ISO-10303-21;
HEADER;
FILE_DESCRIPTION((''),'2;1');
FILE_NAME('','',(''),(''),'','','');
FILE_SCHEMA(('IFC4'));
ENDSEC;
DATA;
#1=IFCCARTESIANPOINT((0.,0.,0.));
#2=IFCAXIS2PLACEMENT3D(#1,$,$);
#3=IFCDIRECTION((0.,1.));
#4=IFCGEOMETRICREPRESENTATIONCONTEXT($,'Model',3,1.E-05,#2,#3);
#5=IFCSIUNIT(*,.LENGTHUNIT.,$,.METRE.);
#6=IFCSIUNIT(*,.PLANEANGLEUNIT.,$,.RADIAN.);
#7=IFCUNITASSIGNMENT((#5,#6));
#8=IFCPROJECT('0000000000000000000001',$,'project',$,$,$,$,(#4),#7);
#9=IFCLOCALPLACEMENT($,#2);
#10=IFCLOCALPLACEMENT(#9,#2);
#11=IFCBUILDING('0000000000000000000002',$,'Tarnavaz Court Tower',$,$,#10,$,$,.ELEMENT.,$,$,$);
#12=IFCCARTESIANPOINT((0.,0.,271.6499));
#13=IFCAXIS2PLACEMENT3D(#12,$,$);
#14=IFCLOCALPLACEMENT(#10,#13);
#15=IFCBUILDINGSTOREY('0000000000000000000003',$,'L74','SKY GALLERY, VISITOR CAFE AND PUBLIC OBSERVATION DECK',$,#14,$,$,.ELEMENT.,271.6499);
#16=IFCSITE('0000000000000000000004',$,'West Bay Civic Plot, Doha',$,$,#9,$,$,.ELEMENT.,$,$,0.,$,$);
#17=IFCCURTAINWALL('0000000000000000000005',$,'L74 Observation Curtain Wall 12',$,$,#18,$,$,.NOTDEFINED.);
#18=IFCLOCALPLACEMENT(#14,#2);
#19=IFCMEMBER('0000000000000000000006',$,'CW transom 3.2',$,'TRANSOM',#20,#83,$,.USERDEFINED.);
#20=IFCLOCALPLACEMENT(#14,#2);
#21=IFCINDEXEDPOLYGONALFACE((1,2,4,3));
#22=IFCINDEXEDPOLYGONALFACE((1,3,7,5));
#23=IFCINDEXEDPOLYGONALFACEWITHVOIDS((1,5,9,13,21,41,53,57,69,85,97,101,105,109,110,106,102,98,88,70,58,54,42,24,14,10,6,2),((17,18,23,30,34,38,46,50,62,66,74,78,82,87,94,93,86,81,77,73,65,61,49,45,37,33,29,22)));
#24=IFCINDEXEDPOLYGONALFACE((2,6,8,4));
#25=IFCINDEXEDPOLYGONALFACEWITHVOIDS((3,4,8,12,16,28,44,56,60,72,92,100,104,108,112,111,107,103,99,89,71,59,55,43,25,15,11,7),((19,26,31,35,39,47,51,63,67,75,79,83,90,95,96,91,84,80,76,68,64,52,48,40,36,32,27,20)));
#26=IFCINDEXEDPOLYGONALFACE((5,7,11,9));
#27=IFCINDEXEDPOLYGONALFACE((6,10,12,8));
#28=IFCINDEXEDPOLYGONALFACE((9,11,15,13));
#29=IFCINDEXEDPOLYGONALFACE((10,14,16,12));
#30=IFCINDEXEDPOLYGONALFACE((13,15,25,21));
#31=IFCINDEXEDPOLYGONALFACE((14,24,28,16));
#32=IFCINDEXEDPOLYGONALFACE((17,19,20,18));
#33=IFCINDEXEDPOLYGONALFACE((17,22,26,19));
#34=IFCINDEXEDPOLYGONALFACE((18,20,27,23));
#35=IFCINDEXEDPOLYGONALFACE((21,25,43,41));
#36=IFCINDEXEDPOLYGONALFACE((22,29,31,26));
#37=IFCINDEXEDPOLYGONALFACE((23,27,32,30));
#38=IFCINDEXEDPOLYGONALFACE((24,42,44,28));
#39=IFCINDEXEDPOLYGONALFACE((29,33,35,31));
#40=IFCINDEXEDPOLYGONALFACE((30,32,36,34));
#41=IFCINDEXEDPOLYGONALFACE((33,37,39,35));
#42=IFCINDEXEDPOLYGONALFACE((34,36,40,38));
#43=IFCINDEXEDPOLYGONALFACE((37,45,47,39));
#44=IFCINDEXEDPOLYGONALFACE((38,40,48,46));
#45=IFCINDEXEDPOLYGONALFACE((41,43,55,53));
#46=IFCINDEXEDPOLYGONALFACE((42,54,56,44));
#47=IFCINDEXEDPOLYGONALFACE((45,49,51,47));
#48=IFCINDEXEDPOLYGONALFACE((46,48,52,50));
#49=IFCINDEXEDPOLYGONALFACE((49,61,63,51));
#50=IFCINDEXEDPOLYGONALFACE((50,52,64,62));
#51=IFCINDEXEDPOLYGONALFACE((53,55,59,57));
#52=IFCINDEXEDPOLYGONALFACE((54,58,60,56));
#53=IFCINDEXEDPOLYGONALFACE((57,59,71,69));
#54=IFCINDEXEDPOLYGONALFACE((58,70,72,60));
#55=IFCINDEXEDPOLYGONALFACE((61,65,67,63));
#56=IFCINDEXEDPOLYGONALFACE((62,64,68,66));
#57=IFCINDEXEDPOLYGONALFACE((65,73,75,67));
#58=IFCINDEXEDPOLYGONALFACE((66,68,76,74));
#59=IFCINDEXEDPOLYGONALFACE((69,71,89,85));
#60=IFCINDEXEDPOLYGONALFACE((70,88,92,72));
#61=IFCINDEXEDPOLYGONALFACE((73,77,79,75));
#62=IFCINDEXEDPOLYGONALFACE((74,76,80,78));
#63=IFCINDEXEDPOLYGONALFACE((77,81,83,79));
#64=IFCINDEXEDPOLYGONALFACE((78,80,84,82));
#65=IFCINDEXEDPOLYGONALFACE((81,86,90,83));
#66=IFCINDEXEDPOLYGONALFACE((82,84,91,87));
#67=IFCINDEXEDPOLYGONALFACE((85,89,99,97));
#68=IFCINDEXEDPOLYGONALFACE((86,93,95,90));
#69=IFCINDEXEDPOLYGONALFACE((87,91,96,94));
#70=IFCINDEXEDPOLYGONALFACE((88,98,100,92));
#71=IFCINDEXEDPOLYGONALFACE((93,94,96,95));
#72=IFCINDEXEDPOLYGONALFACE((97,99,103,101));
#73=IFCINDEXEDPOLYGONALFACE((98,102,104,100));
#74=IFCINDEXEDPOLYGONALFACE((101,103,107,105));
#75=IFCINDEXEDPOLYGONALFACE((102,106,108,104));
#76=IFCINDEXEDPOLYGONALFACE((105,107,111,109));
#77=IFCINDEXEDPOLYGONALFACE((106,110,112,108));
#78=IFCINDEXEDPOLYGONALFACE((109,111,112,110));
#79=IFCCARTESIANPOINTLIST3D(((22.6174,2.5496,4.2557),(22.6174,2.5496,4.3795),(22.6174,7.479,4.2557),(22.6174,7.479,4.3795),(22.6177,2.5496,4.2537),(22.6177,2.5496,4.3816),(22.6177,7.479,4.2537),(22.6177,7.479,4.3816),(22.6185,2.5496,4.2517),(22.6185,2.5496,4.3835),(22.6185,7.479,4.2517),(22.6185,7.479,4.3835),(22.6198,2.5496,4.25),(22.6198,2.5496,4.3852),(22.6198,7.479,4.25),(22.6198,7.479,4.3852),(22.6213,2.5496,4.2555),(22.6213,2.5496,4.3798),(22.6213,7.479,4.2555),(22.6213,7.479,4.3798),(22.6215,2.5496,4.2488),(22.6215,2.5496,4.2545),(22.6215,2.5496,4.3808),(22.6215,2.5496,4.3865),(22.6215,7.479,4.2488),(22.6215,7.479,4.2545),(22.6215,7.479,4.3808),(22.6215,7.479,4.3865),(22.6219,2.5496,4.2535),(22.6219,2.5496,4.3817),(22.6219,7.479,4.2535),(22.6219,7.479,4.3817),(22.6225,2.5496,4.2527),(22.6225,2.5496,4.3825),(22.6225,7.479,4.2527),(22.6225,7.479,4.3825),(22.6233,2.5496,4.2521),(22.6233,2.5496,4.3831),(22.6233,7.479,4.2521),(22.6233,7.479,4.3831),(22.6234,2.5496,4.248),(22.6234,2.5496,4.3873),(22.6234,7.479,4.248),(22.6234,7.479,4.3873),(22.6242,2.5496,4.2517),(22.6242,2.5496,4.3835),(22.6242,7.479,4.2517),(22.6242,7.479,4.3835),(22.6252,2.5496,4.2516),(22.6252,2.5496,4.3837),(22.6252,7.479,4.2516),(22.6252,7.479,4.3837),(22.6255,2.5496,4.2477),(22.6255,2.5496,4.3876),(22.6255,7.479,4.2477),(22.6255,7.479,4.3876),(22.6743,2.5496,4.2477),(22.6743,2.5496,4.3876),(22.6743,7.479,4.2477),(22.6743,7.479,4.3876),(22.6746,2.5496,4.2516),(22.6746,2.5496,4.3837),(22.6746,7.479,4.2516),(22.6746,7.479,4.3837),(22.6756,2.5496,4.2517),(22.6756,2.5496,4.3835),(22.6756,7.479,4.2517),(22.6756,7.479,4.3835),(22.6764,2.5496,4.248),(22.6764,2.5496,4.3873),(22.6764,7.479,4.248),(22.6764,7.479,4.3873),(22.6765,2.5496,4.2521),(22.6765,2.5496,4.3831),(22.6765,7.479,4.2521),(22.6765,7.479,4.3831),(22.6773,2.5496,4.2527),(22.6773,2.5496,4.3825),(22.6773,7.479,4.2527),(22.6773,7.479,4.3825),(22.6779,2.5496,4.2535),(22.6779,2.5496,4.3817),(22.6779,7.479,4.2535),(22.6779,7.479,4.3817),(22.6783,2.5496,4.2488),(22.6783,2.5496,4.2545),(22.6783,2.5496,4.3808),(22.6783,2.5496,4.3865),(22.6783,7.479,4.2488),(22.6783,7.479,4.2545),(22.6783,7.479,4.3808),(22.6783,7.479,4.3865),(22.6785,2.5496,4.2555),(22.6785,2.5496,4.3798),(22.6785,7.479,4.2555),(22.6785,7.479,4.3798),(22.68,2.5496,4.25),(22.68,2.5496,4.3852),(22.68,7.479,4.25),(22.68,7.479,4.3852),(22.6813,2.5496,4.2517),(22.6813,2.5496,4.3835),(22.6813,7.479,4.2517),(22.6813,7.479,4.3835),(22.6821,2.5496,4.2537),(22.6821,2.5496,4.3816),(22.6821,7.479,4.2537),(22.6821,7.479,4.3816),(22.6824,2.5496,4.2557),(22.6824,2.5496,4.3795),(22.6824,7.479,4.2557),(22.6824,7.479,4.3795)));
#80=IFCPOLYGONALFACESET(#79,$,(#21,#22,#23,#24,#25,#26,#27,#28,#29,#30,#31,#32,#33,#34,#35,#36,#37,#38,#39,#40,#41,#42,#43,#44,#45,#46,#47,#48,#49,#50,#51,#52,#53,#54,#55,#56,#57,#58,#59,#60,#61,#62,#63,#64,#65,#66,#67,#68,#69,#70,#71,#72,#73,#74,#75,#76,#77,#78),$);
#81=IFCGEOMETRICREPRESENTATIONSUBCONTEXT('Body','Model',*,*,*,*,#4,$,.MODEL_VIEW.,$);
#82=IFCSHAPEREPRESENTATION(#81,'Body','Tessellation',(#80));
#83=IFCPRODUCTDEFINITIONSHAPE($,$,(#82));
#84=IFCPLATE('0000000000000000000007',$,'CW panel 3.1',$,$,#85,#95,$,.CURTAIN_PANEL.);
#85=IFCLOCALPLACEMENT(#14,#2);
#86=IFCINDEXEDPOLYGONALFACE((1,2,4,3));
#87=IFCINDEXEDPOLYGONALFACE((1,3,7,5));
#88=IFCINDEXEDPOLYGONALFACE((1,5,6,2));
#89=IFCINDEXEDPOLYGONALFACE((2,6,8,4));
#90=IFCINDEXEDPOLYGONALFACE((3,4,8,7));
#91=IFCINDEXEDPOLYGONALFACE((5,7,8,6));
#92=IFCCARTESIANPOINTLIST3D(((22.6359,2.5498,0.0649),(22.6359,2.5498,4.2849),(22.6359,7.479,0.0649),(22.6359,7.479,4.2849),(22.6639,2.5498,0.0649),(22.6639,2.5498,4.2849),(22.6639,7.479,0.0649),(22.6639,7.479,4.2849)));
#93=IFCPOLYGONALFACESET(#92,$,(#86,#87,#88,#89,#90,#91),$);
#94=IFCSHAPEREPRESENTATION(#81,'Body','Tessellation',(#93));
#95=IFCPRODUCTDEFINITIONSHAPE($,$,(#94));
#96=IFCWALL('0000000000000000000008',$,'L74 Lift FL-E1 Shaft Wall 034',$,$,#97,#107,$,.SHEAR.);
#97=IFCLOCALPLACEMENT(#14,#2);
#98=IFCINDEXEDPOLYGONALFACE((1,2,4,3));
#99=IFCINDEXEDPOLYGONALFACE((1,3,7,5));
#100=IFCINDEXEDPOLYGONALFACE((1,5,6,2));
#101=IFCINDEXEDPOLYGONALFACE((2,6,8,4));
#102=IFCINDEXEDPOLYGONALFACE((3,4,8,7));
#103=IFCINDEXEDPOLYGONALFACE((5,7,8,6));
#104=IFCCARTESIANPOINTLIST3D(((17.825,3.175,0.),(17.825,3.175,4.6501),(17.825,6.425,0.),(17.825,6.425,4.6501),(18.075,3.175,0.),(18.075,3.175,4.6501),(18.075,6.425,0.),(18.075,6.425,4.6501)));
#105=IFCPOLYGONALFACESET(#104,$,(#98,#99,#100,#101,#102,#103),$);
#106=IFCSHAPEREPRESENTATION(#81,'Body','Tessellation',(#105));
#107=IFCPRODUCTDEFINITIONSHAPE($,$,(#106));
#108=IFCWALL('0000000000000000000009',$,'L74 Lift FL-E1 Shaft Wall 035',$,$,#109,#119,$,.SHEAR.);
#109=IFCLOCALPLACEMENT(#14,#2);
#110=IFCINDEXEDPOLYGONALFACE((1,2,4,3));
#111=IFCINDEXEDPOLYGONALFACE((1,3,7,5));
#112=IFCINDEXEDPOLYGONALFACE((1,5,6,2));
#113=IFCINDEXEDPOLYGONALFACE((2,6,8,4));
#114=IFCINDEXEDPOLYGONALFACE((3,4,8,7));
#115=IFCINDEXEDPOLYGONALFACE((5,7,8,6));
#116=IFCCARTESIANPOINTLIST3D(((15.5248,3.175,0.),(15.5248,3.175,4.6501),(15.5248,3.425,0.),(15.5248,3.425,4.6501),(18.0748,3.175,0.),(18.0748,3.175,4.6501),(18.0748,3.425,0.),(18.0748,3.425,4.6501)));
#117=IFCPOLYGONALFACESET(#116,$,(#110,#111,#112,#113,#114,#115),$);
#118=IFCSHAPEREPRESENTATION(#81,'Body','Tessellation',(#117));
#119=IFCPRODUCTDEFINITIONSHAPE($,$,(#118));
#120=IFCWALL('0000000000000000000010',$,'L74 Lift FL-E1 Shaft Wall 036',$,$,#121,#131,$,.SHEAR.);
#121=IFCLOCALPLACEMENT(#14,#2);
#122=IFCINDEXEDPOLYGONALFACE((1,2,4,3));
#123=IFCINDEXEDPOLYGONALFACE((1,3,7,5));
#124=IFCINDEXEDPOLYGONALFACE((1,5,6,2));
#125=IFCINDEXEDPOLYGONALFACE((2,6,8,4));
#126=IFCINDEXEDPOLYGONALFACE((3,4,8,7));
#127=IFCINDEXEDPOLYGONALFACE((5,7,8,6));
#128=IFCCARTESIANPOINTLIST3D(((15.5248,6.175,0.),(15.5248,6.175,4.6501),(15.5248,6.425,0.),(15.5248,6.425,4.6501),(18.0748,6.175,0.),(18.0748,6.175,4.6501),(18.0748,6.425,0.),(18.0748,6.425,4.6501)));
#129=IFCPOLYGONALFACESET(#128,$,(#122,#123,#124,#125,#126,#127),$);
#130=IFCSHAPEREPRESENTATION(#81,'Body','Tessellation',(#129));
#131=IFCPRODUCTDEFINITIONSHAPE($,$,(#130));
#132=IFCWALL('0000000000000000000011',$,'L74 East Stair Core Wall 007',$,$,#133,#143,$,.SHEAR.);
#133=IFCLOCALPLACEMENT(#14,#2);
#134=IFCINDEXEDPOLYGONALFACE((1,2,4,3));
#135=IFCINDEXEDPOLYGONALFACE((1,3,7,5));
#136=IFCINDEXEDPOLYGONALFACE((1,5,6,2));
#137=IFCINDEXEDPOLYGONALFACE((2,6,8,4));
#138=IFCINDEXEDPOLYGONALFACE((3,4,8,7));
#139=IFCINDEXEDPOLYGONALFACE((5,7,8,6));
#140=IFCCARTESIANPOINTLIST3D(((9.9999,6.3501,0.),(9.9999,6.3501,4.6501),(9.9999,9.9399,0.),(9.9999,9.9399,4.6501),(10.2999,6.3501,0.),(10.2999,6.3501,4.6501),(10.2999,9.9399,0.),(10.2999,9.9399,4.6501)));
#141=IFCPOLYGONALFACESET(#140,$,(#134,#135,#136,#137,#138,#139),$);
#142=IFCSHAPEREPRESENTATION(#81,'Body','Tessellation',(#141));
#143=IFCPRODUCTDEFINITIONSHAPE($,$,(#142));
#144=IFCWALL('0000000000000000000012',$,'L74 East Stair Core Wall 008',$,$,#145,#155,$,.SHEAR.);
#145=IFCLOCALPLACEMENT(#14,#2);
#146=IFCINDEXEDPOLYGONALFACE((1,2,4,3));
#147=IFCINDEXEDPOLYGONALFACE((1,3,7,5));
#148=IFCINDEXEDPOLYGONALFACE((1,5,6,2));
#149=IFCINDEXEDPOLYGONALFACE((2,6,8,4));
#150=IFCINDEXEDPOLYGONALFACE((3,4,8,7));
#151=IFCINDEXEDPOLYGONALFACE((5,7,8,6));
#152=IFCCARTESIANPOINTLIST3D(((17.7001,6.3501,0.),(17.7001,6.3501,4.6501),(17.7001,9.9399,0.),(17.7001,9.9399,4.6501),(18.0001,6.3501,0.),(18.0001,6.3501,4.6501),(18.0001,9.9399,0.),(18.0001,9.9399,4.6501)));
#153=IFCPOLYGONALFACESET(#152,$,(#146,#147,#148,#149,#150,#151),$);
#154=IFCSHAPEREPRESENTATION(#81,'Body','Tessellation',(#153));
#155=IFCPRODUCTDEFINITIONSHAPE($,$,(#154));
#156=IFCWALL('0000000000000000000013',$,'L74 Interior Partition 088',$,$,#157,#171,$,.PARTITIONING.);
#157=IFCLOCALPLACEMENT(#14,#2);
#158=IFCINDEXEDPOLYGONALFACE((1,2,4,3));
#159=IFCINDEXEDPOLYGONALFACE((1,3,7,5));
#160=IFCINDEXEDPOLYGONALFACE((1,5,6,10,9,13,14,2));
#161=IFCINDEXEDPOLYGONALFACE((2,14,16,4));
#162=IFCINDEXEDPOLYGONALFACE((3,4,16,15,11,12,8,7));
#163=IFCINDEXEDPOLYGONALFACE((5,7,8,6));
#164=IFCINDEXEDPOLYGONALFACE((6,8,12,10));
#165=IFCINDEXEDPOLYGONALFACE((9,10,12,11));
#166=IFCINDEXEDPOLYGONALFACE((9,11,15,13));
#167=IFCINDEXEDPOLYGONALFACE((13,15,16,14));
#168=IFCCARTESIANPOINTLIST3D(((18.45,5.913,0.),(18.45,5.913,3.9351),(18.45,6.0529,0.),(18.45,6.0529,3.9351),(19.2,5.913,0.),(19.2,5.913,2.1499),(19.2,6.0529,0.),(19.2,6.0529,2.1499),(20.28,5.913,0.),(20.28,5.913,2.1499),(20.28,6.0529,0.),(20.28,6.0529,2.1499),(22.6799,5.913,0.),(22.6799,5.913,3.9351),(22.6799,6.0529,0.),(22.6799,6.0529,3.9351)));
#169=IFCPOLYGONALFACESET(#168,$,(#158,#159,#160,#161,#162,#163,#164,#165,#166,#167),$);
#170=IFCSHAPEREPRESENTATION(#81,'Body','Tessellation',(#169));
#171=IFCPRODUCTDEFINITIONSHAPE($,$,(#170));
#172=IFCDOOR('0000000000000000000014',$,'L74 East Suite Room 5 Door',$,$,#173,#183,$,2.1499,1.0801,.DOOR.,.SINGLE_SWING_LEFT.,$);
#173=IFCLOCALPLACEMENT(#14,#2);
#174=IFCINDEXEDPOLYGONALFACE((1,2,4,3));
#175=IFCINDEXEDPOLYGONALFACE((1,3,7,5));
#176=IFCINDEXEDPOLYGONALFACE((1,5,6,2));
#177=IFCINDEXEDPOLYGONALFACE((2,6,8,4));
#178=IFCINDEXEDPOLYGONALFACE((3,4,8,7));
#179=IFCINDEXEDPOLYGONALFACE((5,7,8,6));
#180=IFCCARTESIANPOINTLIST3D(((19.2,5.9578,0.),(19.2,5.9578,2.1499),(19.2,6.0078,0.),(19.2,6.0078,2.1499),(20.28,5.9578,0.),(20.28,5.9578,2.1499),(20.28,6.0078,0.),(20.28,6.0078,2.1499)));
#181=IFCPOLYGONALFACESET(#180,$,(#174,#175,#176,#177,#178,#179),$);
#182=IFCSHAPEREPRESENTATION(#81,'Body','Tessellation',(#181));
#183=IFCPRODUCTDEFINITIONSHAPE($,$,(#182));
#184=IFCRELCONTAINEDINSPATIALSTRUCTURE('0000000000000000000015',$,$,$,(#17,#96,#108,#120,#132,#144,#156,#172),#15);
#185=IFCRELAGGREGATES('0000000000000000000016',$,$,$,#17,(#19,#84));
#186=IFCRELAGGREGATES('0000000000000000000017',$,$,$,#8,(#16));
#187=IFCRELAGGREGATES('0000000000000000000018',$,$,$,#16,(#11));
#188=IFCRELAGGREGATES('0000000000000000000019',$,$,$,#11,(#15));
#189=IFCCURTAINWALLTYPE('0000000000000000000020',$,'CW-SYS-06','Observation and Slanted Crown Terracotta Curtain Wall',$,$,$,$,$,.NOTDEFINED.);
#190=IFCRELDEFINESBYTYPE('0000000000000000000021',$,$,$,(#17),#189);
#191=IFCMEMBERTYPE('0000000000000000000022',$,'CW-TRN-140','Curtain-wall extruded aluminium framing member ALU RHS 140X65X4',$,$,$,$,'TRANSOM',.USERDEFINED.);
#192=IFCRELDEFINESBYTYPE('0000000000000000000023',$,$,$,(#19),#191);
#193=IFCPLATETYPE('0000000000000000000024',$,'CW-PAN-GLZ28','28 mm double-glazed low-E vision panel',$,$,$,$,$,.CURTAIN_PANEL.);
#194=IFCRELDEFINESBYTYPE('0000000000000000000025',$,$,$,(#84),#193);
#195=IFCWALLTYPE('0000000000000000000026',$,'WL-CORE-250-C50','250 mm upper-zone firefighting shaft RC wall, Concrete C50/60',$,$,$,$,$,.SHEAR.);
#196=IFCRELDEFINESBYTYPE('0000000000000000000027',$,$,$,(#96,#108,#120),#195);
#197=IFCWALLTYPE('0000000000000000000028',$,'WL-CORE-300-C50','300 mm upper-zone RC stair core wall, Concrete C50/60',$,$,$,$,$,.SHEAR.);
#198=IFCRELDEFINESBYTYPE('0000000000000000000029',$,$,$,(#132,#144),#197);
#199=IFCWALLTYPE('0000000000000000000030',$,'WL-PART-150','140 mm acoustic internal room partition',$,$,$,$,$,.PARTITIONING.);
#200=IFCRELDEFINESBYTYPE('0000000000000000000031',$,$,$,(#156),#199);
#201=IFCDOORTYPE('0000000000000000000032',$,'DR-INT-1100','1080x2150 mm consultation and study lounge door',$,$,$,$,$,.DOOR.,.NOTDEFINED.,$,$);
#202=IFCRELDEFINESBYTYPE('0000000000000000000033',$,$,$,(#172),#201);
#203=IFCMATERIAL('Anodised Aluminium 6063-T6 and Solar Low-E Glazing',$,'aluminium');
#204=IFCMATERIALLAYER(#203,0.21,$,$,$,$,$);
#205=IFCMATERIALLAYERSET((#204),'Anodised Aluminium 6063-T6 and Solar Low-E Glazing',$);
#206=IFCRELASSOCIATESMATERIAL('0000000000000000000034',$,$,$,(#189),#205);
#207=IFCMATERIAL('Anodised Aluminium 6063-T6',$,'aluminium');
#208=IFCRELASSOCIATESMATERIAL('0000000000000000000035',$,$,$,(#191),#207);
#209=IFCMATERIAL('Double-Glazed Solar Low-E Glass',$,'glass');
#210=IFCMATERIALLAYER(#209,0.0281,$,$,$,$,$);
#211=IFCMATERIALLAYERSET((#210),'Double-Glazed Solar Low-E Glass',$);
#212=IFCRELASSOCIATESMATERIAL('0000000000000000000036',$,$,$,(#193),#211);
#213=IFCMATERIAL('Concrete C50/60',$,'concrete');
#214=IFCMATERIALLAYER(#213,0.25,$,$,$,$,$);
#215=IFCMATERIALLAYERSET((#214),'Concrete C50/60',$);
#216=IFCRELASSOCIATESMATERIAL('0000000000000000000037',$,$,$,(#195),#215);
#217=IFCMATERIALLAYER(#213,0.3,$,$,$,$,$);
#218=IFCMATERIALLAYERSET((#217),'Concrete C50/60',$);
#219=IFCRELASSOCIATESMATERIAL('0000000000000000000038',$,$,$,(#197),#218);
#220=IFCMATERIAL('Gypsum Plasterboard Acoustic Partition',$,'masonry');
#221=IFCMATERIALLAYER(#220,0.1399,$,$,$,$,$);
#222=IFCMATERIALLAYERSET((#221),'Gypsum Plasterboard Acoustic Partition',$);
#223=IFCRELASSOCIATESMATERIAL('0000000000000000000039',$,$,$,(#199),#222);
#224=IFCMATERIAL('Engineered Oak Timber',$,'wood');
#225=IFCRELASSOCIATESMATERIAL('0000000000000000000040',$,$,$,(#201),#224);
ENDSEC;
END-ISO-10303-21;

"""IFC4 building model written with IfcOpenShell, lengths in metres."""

from ifc_helpers import new_model, si_unit, direction, frame, frame_2d, origin, origin_2d, place, context, subcontext, project, spatial, rectangle, hollow_rectangle, extrude, material, layer, layer_set, material_profile, profile_set, type_object, element, fill, aggregate, save


model = new_model("IFC4")

# Units and contexts
model_context = context("Model", 3, precision=1e-05, world=origin(), true_north=direction((0.0, 1.0)))
body_context = subcontext(model_context, "Body", "Model", "MODEL_VIEW")
ifc_project = project(units=[si_unit("LENGTHUNIT", "METRE"), si_unit("PLANEANGLEUNIT", "RADIAN")], contexts=[model_context])

# Site, building, storey
site_placement = place(None, origin())
site = spatial("IfcSite", under=ifc_project, at=site_placement, Name="West Bay Civic Plot, Doha", CompositionType="ELEMENT", RefElevation=0.0)
building_placement = place(site_placement, origin())
building = spatial("IfcBuilding", under=site, at=building_placement, Name="Tarnavaz Court Tower", CompositionType="ELEMENT")
storey_placement = place(building_placement, frame((0.0, 0.0, 271.6499)))
storey = spatial("IfcBuildingStorey", under=building, at=storey_placement, Name="L74", Description="SKY GALLERY, VISITOR CAFE AND PUBLIC OBSERVATION DECK", CompositionType="ELEMENT", Elevation=271.6499)

# Shared definitions
ifc_material_1 = material(Name="Concrete C50/60", Category="concrete")

# Curtain wall, member, plate
ifc_material_2 = material(Name="Anodised Aluminium 6063-T6 and Solar Low-E Glazing", Category="aluminium")
ifc_layer_1 = layer(ifc_material_2, 0.21)
ifc_layer_set_1 = layer_set([ifc_layer_1], Name="Anodised Aluminium 6063-T6 and Solar Low-E Glazing")
curtain_wall_type = type_object("IfcCurtainWallType", Name="CW-SYS-06", Description="Observation and Slanted Crown Terracotta Curtain Wall", PredefinedType="NOTDEFINED", material=ifc_layer_set_1)
curtain_wall_placement = place(storey_placement, origin())
curtain_wall = element("IfcCurtainWall", 1, at=curtain_wall_placement, inside=storey, type_object=curtain_wall_type, Name="L74 Observation Curtain Wall 12", PredefinedType="NOTDEFINED")
ifc_material_3 = material(Name="Anodised Aluminium 6063-T6", Category="aluminium")
ifc_material_profile_1 = material_profile(ifc_material_3, hollow_rectangle(XDim=0.0649, YDim=0.1399, WallThickness=0.0039, InnerFilletRadius=0.0039, OuterFilletRadius=0.0081, at=origin_2d()), Name="ALU RHS 140X65X4")
ifc_profile_set_1 = profile_set([ifc_material_profile_1], Name="Anodised Aluminium 6063-T6")
member_type_1 = type_object("IfcMemberType", Name="CW-TRN-140", Description="Curtain-wall extruded aluminium framing member ALU RHS 140X65X4", ElementType="TRANSOM", PredefinedType="USERDEFINED", material=ifc_profile_set_1)
member_1_placement = place(storey_placement, frame((22.6499, 7.479, 4.3176), z_axis=(0.0, -1.0, 0.0), x_axis=(1.0, 0.0, 0.0)))
member_1 = element("IfcMember", 2, at=member_1_placement, type_object=member_type_1, Name="CW transom 3.2", ObjectType="TRANSOM", PredefinedType="USERDEFINED", context=body_context, shape_type="SweptSolid", body=[
    extrude(hollow_rectangle(XDim=0.0649, YDim=0.1399, WallThickness=0.0039, InnerFilletRadius=0.0039, OuterFilletRadius=0.0081, at=origin_2d()), origin(), (0.0, 0.0, 1.0), 4.9294),
])
ifc_material_4 = material(Name="Double-Glazed Solar Low-E Glass", Category="glass")
ifc_layer_2 = layer(ifc_material_4, 0.0281)
ifc_layer_set_2 = layer_set([ifc_layer_2], Name="Double-Glazed Solar Low-E Glass")
plate_type = type_object("IfcPlateType", Name="CW-PAN-GLZ28", Description="28 mm double-glazed low-E vision panel", PredefinedType="CURTAIN_PANEL", material=ifc_layer_set_2)
plate_placement = place(storey_placement, frame((22.6499, 5.0144, 0.0649), z_axis=(0.0, 0.0, 1.0), x_axis=(0.0, -1.0, 0.0)))
plate = element("IfcPlate", 3, at=plate_placement, type_object=plate_type, Name="CW panel 3.1", PredefinedType="CURTAIN_PANEL", context=body_context, shape_type="SweptSolid", body=[
    extrude(rectangle(XDim=4.9292, YDim=0.0281, at=origin_2d()), origin(), (0.0, 0.0, 1.0), 4.22),
])
aggregate(curtain_wall, [member_1, plate])

# Shared definitions
ifc_layer_3 = layer(ifc_material_1, 0.25)
ifc_layer_set_3 = layer_set([ifc_layer_3], Name="Concrete C50/60")
wall_type_1 = type_object("IfcWallType", Name="WL-CORE-250-C50", Description="250 mm upper-zone firefighting shaft RC wall, Concrete C50/60", PredefinedType="SHEAR", material=ifc_layer_set_3)

# Walls
wall_1_placement = place(storey_placement, frame((17.95, 3.175, 0.0), z_axis=(0.0, 0.0, 1.0), x_axis=(0.0, 1.0, 0.0)))
element("IfcWall", 4, at=wall_1_placement, inside=storey, type_object=wall_type_1, Name="L74 Lift FL-E1 Shaft Wall 034", PredefinedType="SHEAR", context=body_context, shape_type="SweptSolid", body=[
    extrude(rectangle(XDim=3.25, YDim=0.25, at=frame_2d((1.625, 0.0))), origin(), (0.0, 0.0, 1.0), 4.6501),
])
for number, where, z_axis, x_axis, name in (
    (5, (15.5249, 3.3, 0.0), (0.0, 0.0, 1.0), (1.0, 0.0, 0.0), "L74 Lift FL-E1 Shaft Wall 035"),
    (6, (15.5249, 6.3, 0.0), (0.0, 0.0, 1.0), (1.0, 0.0, 0.0), "L74 Lift FL-E1 Shaft Wall 036"),
):
    element("IfcWall", number, at=place(storey_placement, frame(where, z_axis=z_axis, x_axis=x_axis)), inside=storey, type_object=wall_type_1, Name=name, PredefinedType="SHEAR", context=body_context, shape_type="SweptSolid", body=[
        extrude(rectangle(XDim=2.55, YDim=0.25, at=frame_2d((1.2749, 0.0))), origin(), (0.0, 0.0, 1.0), 4.6501),
    ])
ifc_layer_4 = layer(ifc_material_1, 0.3)
ifc_layer_set_4 = layer_set([ifc_layer_4], Name="Concrete C50/60")
wall_type_2 = type_object("IfcWallType", Name="WL-CORE-300-C50", Description="300 mm upper-zone RC stair core wall, Concrete C50/60", PredefinedType="SHEAR", material=ifc_layer_set_4)
for number, where, z_axis, x_axis, name in (
    (7, (10.1499, 6.3501, 0.0), (0.0, 0.0, 1.0), (0.0, 1.0, 0.0), "L74 East Stair Core Wall 007"),
    (8, (17.8501, 6.3501, 0.0), (0.0, 0.0, 1.0), (0.0, 1.0, 0.0), "L74 East Stair Core Wall 008"),
):
    element("IfcWall", number, at=place(storey_placement, frame(where, z_axis=z_axis, x_axis=x_axis)), inside=storey, type_object=wall_type_2, Name=name, PredefinedType="SHEAR", context=body_context, shape_type="SweptSolid", body=[
        extrude(rectangle(XDim=3.5898, YDim=0.3, at=frame_2d((1.7949, 0.0))), origin(), (0.0, 0.0, 1.0), 4.6501),
    ])

# Wall, opening, door
ifc_material_5 = material(Name="Gypsum Plasterboard Acoustic Partition", Category="masonry")
ifc_layer_5 = layer(ifc_material_5, 0.1399)
ifc_layer_set_5 = layer_set([ifc_layer_5], Name="Gypsum Plasterboard Acoustic Partition")
wall_type_3 = type_object("IfcWallType", Name="WL-PART-150", Description="140 mm acoustic internal room partition", PredefinedType="PARTITIONING", material=ifc_layer_set_5)
wall_2_placement = place(storey_placement, frame((18.45, 5.9829, 0.0), z_axis=(0.0, 0.0, 1.0), x_axis=(1.0, 0.0, 0.0)))
wall_2 = element("IfcWall", 9, at=wall_2_placement, inside=storey, type_object=wall_type_3, Name="L74 Interior Partition 088", PredefinedType="PARTITIONING", context=body_context, shape_type="SweptSolid", body=[
    extrude(rectangle(XDim=4.23, YDim=0.1399, at=frame_2d((2.115, 0.0))), origin(), (0.0, 0.0, 1.0), 3.9351),
])
opening_1_placement = place(wall_2_placement, frame((0.75, 0.0, 0.0)))
opening_1 = element("IfcOpeningElement", 10, at=opening_1_placement, cuts=wall_2, PredefinedType="OPENING", context=body_context, shape_type="SweptSolid", body=[
    extrude(rectangle(XDim=1.0801, YDim=2.1499, at=frame_2d((0.54, 1.075))), frame((0.0, 0.0798, 0.0), z_axis=(0.0, -1.0, 0.0), x_axis=(1.0, 0.0, 0.0)), (0.0, 0.0, 1.0), 0.1599),
])
ifc_material_6 = material(Name="Engineered Oak Timber", Category="wood")
door_type_1 = type_object("IfcDoorType", Name="DR-INT-1100", Description="1080x2150 mm consultation and study lounge door", OperationType="NOTDEFINED", PredefinedType="DOOR", material=ifc_material_6)
door_1_placement = place(opening_1_placement, origin())
door_1 = element("IfcDoor", 11, at=door_1_placement, inside=storey, type_object=door_type_1, Name="L74 East Suite Room 5 Door", OperationType="SINGLE_SWING_LEFT", OverallHeight=2.1499, OverallWidth=1.0801, PredefinedType="DOOR", context=body_context, shape_type="SweptSolid", body=[
    extrude(rectangle(XDim=1.0801, YDim=2.1499, at=frame_2d((0.54, 1.075))), frame((0.0, 0.0249, 0.0), z_axis=(0.0, -1.0, 0.0), x_axis=(1.0, 0.0, 0.0)), (0.0, 0.0, 1.0), 0.05),
])
fill(opening_1, door_1)

save(model, "model.ifc")
